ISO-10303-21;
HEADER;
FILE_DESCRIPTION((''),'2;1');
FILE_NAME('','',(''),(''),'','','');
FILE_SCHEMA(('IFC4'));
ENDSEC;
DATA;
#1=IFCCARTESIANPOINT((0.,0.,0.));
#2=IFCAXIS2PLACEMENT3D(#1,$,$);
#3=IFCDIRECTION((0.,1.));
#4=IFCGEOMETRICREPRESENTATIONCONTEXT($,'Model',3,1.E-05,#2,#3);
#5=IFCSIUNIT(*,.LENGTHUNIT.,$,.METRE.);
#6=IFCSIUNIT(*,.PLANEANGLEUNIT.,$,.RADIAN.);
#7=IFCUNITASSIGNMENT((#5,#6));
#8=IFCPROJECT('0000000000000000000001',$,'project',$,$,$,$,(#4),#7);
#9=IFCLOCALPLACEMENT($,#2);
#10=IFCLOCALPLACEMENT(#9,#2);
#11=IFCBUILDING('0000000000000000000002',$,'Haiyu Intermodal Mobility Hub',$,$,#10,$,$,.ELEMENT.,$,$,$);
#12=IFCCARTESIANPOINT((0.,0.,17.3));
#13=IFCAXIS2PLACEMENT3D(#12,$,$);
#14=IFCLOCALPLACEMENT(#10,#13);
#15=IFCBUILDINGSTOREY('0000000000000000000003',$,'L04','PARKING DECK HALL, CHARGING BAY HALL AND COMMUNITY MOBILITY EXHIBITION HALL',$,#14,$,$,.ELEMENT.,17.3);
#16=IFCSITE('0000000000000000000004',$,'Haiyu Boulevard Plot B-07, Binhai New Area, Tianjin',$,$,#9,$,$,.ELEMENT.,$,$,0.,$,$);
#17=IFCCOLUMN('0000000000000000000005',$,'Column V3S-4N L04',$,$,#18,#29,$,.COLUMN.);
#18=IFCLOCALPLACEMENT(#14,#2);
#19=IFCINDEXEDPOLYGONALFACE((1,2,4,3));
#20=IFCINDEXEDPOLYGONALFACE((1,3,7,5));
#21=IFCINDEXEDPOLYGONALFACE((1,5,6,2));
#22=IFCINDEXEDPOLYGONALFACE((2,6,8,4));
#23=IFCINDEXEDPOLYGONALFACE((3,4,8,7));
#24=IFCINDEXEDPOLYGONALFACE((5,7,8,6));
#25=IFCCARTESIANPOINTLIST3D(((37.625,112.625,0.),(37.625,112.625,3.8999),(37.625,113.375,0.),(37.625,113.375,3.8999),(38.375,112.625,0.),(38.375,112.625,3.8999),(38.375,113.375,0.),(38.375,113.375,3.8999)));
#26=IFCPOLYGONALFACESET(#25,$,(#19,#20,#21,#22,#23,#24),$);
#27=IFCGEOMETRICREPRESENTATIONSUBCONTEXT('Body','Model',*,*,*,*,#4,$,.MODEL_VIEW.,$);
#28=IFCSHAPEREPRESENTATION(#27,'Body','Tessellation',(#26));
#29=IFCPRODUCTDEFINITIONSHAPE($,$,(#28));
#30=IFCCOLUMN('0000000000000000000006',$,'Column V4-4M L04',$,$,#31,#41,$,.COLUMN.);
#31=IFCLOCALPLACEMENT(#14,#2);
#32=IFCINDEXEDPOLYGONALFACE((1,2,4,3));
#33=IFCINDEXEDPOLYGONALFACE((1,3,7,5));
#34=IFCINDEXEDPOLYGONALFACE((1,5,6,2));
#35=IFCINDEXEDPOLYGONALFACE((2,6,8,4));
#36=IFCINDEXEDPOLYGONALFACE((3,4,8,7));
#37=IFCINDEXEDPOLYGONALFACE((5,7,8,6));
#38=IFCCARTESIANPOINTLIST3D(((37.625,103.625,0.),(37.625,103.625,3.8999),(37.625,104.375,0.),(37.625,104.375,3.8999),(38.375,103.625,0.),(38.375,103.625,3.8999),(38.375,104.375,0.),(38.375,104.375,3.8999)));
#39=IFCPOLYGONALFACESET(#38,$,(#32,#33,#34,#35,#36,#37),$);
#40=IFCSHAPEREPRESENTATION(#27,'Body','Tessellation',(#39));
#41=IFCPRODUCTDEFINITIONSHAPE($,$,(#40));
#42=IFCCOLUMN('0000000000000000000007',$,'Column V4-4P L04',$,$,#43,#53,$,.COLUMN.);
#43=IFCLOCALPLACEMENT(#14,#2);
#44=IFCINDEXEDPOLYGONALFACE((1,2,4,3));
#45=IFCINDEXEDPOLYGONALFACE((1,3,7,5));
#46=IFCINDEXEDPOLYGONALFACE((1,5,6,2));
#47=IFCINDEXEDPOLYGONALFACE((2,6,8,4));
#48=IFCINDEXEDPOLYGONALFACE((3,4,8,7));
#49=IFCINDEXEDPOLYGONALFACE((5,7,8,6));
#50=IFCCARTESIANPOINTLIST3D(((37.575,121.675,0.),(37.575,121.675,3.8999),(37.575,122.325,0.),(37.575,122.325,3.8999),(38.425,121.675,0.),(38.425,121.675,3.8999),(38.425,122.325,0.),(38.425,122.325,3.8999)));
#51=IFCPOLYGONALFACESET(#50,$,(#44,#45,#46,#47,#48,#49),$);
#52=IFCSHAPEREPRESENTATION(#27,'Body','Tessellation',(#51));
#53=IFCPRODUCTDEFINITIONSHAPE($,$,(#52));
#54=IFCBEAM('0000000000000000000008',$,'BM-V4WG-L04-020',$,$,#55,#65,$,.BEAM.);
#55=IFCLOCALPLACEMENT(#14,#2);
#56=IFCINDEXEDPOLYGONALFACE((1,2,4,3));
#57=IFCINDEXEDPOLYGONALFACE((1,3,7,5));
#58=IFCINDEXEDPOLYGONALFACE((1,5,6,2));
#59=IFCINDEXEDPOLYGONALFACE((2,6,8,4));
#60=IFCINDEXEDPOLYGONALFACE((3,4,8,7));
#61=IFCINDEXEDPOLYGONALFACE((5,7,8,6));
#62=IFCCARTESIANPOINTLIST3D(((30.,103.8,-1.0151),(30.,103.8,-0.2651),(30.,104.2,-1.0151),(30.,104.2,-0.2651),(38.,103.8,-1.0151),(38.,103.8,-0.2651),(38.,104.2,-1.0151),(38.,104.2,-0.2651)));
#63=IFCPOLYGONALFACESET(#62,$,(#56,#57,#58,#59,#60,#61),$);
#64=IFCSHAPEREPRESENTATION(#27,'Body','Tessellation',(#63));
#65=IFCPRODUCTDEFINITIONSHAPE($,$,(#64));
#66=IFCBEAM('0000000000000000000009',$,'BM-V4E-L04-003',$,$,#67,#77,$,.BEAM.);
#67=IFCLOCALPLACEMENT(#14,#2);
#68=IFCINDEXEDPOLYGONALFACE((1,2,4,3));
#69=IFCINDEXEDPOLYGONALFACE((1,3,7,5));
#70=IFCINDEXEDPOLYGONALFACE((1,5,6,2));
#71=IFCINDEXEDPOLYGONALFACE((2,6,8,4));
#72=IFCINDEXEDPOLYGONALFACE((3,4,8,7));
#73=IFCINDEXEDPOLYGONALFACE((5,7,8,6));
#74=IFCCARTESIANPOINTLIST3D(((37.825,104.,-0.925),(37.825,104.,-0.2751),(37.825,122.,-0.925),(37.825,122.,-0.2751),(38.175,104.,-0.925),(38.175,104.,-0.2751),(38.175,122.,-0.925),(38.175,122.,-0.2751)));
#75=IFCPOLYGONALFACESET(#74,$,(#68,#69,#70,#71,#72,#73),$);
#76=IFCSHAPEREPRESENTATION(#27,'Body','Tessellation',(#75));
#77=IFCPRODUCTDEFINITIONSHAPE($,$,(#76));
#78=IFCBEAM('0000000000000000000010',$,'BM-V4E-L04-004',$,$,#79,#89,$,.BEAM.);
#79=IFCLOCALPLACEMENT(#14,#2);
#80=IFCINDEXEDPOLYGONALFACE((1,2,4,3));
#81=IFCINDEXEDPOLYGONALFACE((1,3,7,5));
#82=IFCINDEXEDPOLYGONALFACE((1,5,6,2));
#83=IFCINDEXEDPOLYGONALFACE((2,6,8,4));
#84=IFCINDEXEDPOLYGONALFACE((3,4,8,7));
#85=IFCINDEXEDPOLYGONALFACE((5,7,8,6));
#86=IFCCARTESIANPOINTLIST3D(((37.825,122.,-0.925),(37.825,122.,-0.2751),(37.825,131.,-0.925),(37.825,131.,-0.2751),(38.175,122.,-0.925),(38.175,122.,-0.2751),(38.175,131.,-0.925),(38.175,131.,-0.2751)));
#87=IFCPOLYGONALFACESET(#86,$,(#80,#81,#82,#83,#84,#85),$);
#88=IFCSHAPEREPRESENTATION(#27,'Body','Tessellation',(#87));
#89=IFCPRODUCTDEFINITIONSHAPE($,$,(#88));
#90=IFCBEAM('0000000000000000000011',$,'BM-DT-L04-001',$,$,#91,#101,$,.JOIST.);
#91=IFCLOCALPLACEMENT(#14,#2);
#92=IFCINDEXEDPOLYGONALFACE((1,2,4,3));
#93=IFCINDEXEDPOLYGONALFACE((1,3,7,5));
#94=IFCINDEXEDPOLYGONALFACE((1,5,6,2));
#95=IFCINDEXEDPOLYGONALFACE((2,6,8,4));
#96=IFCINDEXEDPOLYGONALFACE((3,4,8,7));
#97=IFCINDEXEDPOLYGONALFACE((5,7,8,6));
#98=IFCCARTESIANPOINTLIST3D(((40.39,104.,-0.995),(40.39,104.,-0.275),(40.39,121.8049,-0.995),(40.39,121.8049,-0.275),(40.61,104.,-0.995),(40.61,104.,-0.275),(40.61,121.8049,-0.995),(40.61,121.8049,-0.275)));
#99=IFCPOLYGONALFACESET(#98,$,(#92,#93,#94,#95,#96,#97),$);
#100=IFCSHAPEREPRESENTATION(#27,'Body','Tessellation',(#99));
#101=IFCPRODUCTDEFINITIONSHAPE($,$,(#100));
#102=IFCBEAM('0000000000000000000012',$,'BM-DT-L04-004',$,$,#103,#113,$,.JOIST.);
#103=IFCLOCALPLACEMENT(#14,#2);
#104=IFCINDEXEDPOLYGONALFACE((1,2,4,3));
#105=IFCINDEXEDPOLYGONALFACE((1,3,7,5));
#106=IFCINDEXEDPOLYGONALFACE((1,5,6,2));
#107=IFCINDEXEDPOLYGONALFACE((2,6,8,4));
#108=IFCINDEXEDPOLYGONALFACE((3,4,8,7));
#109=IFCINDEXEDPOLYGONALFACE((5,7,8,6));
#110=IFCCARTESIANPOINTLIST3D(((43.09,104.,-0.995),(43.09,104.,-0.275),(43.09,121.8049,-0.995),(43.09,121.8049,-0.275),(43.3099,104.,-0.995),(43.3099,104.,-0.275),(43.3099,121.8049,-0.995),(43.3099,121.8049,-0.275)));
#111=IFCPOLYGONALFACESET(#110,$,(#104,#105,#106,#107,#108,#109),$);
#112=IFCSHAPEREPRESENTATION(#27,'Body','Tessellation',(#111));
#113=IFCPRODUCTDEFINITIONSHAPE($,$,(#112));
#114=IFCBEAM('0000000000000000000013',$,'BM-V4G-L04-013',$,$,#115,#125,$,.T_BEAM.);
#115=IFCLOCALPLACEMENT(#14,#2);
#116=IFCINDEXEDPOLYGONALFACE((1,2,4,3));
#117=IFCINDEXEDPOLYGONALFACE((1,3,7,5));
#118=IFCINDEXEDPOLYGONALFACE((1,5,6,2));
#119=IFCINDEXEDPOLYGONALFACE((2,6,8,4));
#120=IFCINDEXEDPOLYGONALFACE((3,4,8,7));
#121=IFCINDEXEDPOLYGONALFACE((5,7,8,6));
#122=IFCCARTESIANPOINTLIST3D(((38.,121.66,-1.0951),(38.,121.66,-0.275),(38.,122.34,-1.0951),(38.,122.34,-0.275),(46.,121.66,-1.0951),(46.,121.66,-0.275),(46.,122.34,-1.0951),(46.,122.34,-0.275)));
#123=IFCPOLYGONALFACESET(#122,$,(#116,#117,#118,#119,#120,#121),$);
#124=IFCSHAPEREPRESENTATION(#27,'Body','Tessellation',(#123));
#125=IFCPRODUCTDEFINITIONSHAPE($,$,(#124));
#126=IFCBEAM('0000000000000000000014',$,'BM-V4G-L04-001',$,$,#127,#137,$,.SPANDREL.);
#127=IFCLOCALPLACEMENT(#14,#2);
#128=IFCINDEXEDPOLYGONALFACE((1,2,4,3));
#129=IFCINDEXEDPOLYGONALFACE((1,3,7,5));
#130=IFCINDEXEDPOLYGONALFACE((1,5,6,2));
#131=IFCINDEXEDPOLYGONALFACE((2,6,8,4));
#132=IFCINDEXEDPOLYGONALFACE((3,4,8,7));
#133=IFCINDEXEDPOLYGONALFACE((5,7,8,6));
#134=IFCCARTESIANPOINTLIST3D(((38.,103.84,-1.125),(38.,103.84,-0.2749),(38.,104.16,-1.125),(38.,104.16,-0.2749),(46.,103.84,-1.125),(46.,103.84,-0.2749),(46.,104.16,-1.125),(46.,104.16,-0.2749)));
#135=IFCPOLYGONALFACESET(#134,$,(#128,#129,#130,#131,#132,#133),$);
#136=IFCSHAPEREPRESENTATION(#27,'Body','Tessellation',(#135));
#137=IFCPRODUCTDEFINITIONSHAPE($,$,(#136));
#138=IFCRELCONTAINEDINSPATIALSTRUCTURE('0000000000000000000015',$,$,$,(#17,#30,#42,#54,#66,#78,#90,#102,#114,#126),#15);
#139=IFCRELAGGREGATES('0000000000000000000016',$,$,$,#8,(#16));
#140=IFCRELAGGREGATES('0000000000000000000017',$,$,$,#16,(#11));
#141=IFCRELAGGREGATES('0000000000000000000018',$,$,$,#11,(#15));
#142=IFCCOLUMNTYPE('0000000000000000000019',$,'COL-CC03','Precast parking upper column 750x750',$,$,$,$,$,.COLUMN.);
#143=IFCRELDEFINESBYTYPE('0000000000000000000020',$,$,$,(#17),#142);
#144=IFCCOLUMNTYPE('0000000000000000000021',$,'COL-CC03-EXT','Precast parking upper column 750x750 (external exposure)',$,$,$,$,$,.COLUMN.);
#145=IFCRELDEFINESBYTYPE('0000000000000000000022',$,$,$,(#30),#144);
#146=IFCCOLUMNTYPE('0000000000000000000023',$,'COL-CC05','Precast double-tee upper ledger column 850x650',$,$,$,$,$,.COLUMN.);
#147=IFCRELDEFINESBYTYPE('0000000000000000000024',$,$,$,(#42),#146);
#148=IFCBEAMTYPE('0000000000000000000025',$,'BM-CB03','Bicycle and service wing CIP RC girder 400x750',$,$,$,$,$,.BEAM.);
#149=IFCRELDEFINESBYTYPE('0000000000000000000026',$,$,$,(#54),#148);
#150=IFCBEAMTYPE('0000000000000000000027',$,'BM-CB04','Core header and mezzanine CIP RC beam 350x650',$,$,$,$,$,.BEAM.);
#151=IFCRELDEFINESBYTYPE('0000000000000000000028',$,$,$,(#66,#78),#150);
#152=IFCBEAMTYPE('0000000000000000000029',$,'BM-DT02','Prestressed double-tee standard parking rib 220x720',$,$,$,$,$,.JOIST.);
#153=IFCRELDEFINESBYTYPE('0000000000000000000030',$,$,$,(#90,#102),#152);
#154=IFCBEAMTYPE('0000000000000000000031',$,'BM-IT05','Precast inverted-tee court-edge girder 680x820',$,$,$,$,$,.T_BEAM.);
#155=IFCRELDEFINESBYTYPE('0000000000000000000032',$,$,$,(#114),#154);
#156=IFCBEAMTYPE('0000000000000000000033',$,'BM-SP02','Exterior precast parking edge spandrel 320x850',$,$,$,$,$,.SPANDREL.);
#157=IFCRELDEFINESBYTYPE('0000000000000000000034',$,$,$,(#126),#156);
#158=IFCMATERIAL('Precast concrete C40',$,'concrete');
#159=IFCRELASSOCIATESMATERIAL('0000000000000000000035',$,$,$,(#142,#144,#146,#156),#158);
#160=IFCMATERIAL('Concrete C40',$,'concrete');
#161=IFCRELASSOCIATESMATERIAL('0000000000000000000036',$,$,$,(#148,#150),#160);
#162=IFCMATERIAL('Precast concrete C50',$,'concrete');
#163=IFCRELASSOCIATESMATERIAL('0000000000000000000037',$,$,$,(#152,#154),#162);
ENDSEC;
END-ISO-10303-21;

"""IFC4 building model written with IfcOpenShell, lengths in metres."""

from ifc_helpers import new_model, si_unit, direction, frame, origin, origin_2d, place, context, subcontext, project, spatial, rectangle, extrude, material, material_profile, profile_set, type_object, element, save


model = new_model("IFC4")

# Units and contexts
model_context = context("Model", 3, precision=1e-05, world=origin(), true_north=direction((0.0, 1.0)))
body_context = subcontext(model_context, "Body", "Model", "MODEL_VIEW")
ifc_project = project(units=[si_unit("LENGTHUNIT", "METRE"), si_unit("PLANEANGLEUNIT", "RADIAN")], contexts=[model_context])

# Site, building, storey
site_placement = place(None, origin())
site = spatial("IfcSite", under=ifc_project, at=site_placement, Name="Haiyu Boulevard Plot B-07, Binhai New Area, Tianjin", CompositionType="ELEMENT", RefElevation=0.0)
building_placement = place(site_placement, origin())
building = spatial("IfcBuilding", under=site, at=building_placement, Name="Haiyu Intermodal Mobility Hub", CompositionType="ELEMENT")
storey_placement = place(building_placement, frame((0.0, 0.0, 17.3)))
storey = spatial("IfcBuildingStorey", under=building, at=storey_placement, Name="L04", Description="PARKING DECK HALL, CHARGING BAY HALL AND COMMUNITY MOBILITY EXHIBITION HALL", CompositionType="ELEMENT", Elevation=17.3)

# Columns
ifc_material_1 = material(Name="Precast concrete C40", Category="concrete")
ifc_material_profile_1 = material_profile(ifc_material_1, rectangle(XDim=0.75, YDim=0.75, at=origin_2d()), Name="RC750x750")
ifc_profile_set_1 = profile_set([ifc_material_profile_1], Name="Precast concrete C40")
column_type_1 = type_object("IfcColumnType", Name="COL-CC03", Description="Precast parking upper column 750x750", PredefinedType="COLUMN", material=ifc_profile_set_1)
column_1_placement = place(storey_placement, frame((38.0, 113.0, 0.0), z_axis=(0.0, 0.0, 1.0), x_axis=(1.0, 0.0, 0.0)))
element("IfcColumn", 1, at=column_1_placement, inside=storey, type_object=column_type_1, Name="Column V3S-4N L04", PredefinedType="COLUMN", context=body_context, shape_type="SweptSolid", body=[
    extrude(rectangle(XDim=0.75, YDim=0.75, at=origin_2d()), origin(), (0.0, 0.0, 1.0), 3.8999),
])
ifc_material_profile_2 = material_profile(ifc_material_1, rectangle(XDim=0.75, YDim=0.75, at=origin_2d()), Name="RC750x750")
ifc_profile_set_2 = profile_set([ifc_material_profile_2], Name="Precast concrete C40")
column_type_2 = type_object("IfcColumnType", Name="COL-CC03-EXT", Description="Precast parking upper column 750x750 (external exposure)", PredefinedType="COLUMN", material=ifc_profile_set_2)
column_2_placement = place(storey_placement, frame((38.0, 104.0, 0.0), z_axis=(0.0, 0.0, 1.0), x_axis=(1.0, 0.0, 0.0)))
element("IfcColumn", 2, at=column_2_placement, inside=storey, type_object=column_type_2, Name="Column V4-4M L04", PredefinedType="COLUMN", context=body_context, shape_type="SweptSolid", body=[
    extrude(rectangle(XDim=0.75, YDim=0.75, at=origin_2d()), origin(), (0.0, 0.0, 1.0), 3.8999),
])
ifc_material_profile_3 = material_profile(ifc_material_1, rectangle(XDim=0.8501, YDim=0.6499, at=origin_2d()), Name="RC850x650")
ifc_profile_set_3 = profile_set([ifc_material_profile_3], Name="Precast concrete C40")
column_type_3 = type_object("IfcColumnType", Name="COL-CC05", Description="Precast double-tee upper ledger column 850x650", PredefinedType="COLUMN", material=ifc_profile_set_3)
column_3_placement = place(storey_placement, frame((38.0, 122.0, 0.0), z_axis=(0.0, 0.0, 1.0), x_axis=(1.0, 0.0, 0.0)))
element("IfcColumn", 3, at=column_3_placement, inside=storey, type_object=column_type_3, Name="Column V4-4P L04", PredefinedType="COLUMN", context=body_context, shape_type="SweptSolid", body=[
    extrude(rectangle(XDim=0.8501, YDim=0.6499, at=origin_2d()), origin(), (0.0, 0.0, 1.0), 3.8999),
])

# Beams
ifc_material_2 = material(Name="Concrete C40", Category="concrete")
ifc_material_profile_4 = material_profile(ifc_material_2, rectangle(XDim=0.3999, YDim=0.75, at=origin_2d()), Name="RCB400x750")
ifc_profile_set_4 = profile_set([ifc_material_profile_4], Name="Concrete C40")
beam_type_1 = type_object("IfcBeamType", Name="BM-CB03", Description="Bicycle and service wing CIP RC girder 400x750", PredefinedType="BEAM", material=ifc_profile_set_4)
beam_1_placement = place(storey_placement, frame((30.0, 104.0, -0.6401), z_axis=(1.0, 0.0, 0.0), x_axis=(0.0, 1.0, 0.0)))
element("IfcBeam", 4, at=beam_1_placement, inside=storey, type_object=beam_type_1, Name="BM-V4WG-L04-020", PredefinedType="BEAM", context=body_context, shape_type="SweptSolid", body=[
    extrude(rectangle(XDim=0.3999, YDim=0.75, at=origin_2d()), origin(), (0.0, 0.0, 1.0), 8.0),
])
ifc_material_profile_5 = material_profile(ifc_material_2, rectangle(XDim=0.3501, YDim=0.6499, at=origin_2d()), Name="RCB350x650")
ifc_profile_set_5 = profile_set([ifc_material_profile_5], Name="Concrete C40")
beam_type_2 = type_object("IfcBeamType", Name="BM-CB04", Description="Core header and mezzanine CIP RC beam 350x650", PredefinedType="BEAM", material=ifc_profile_set_5)
beam_2_placement = place(storey_placement, frame((38.0, 104.0, -0.6001), z_axis=(0.0, 1.0, 0.0), x_axis=(-1.0, 0.0, 0.0)))
element("IfcBeam", 5, at=beam_2_placement, inside=storey, type_object=beam_type_2, Name="BM-V4E-L04-003", PredefinedType="BEAM", context=body_context, shape_type="SweptSolid", body=[
    extrude(rectangle(XDim=0.3501, YDim=0.6499, at=origin_2d()), origin(), (0.0, 0.0, 1.0), 18.0),
])
beam_3_placement = place(storey_placement, frame((38.0, 122.0, -0.6001), z_axis=(0.0, 1.0, 0.0), x_axis=(-1.0, 0.0, 0.0)))
element("IfcBeam", 6, at=beam_3_placement, inside=storey, type_object=beam_type_2, Name="BM-V4E-L04-004", PredefinedType="BEAM", context=body_context, shape_type="SweptSolid", body=[
    extrude(rectangle(XDim=0.3501, YDim=0.6499, at=origin_2d()), origin(), (0.0, 0.0, 1.0), 9.0),
])
ifc_material_3 = material(Name="Precast concrete C50", Category="concrete")
ifc_material_profile_6 = material_profile(ifc_material_3, rectangle(XDim=0.22, YDim=0.72, at=origin_2d()), Name="PC220x720")
ifc_profile_set_6 = profile_set([ifc_material_profile_6], Name="Precast concrete C50")
beam_type_3 = type_object("IfcBeamType", Name="BM-DT02", Description="Prestressed double-tee standard parking rib 220x720", PredefinedType="JOIST", material=ifc_profile_set_6)
for number, where, z_axis, x_axis, name in (
    (7, (40.5, 104.0, -0.635), (0.0, 1.0, 0.0), (-1.0, 0.0, 0.0), "BM-DT-L04-001"),
    (8, (43.2, 104.0, -0.635), (0.0, 1.0, 0.0), (-1.0, 0.0, 0.0), "BM-DT-L04-004"),
):
    element("IfcBeam", number, at=place(storey_placement, frame(where, z_axis=z_axis, x_axis=x_axis)), inside=storey, type_object=beam_type_3, Name=name, PredefinedType="JOIST", context=body_context, shape_type="SweptSolid", body=[
        extrude(rectangle(XDim=0.22, YDim=0.72, at=origin_2d()), origin(), (0.0, 0.0, 1.0), 17.8049),
    ])
ifc_material_profile_7 = material_profile(ifc_material_3, rectangle(XDim=0.6799, YDim=0.8201, at=origin_2d()), Name="B680x820")
ifc_profile_set_7 = profile_set([ifc_material_profile_7], Name="Precast concrete C50")
beam_type_4 = type_object("IfcBeamType", Name="BM-IT05", Description="Precast inverted-tee court-edge girder 680x820", PredefinedType="T_BEAM", material=ifc_profile_set_7)
beam_4_placement = place(storey_placement, frame((38.0, 122.0, -0.6851), z_axis=(1.0, 0.0, 0.0), x_axis=(0.0, 1.0, 0.0)))
element("IfcBeam", 9, at=beam_4_placement, inside=storey, type_object=beam_type_4, Name="BM-V4G-L04-013", PredefinedType="T_BEAM", context=body_context, shape_type="SweptSolid", body=[
    extrude(rectangle(XDim=0.6799, YDim=0.8201, at=origin_2d()), origin(), (0.0, 0.0, 1.0), 8.0),
])
ifc_material_profile_8 = material_profile(ifc_material_1, rectangle(XDim=0.3201, YDim=0.8501, at=origin_2d()), Name="PC320x850")
ifc_profile_set_8 = profile_set([ifc_material_profile_8], Name="Precast concrete C40")
beam_type_5 = type_object("IfcBeamType", Name="BM-SP02", Description="Exterior precast parking edge spandrel 320x850", PredefinedType="SPANDREL", material=ifc_profile_set_8)
beam_5_placement = place(storey_placement, frame((38.0, 104.0, -0.7), z_axis=(1.0, 0.0, 0.0), x_axis=(0.0, 1.0, 0.0)))
element("IfcBeam", 10, at=beam_5_placement, inside=storey, type_object=beam_type_5, Name="BM-V4G-L04-001", PredefinedType="SPANDREL", context=body_context, shape_type="SweptSolid", body=[
    extrude(rectangle(XDim=0.3201, YDim=0.8501, at=origin_2d()), origin(), (0.0, 0.0, 1.0), 8.0),
])

save(model, "model.ifc")
